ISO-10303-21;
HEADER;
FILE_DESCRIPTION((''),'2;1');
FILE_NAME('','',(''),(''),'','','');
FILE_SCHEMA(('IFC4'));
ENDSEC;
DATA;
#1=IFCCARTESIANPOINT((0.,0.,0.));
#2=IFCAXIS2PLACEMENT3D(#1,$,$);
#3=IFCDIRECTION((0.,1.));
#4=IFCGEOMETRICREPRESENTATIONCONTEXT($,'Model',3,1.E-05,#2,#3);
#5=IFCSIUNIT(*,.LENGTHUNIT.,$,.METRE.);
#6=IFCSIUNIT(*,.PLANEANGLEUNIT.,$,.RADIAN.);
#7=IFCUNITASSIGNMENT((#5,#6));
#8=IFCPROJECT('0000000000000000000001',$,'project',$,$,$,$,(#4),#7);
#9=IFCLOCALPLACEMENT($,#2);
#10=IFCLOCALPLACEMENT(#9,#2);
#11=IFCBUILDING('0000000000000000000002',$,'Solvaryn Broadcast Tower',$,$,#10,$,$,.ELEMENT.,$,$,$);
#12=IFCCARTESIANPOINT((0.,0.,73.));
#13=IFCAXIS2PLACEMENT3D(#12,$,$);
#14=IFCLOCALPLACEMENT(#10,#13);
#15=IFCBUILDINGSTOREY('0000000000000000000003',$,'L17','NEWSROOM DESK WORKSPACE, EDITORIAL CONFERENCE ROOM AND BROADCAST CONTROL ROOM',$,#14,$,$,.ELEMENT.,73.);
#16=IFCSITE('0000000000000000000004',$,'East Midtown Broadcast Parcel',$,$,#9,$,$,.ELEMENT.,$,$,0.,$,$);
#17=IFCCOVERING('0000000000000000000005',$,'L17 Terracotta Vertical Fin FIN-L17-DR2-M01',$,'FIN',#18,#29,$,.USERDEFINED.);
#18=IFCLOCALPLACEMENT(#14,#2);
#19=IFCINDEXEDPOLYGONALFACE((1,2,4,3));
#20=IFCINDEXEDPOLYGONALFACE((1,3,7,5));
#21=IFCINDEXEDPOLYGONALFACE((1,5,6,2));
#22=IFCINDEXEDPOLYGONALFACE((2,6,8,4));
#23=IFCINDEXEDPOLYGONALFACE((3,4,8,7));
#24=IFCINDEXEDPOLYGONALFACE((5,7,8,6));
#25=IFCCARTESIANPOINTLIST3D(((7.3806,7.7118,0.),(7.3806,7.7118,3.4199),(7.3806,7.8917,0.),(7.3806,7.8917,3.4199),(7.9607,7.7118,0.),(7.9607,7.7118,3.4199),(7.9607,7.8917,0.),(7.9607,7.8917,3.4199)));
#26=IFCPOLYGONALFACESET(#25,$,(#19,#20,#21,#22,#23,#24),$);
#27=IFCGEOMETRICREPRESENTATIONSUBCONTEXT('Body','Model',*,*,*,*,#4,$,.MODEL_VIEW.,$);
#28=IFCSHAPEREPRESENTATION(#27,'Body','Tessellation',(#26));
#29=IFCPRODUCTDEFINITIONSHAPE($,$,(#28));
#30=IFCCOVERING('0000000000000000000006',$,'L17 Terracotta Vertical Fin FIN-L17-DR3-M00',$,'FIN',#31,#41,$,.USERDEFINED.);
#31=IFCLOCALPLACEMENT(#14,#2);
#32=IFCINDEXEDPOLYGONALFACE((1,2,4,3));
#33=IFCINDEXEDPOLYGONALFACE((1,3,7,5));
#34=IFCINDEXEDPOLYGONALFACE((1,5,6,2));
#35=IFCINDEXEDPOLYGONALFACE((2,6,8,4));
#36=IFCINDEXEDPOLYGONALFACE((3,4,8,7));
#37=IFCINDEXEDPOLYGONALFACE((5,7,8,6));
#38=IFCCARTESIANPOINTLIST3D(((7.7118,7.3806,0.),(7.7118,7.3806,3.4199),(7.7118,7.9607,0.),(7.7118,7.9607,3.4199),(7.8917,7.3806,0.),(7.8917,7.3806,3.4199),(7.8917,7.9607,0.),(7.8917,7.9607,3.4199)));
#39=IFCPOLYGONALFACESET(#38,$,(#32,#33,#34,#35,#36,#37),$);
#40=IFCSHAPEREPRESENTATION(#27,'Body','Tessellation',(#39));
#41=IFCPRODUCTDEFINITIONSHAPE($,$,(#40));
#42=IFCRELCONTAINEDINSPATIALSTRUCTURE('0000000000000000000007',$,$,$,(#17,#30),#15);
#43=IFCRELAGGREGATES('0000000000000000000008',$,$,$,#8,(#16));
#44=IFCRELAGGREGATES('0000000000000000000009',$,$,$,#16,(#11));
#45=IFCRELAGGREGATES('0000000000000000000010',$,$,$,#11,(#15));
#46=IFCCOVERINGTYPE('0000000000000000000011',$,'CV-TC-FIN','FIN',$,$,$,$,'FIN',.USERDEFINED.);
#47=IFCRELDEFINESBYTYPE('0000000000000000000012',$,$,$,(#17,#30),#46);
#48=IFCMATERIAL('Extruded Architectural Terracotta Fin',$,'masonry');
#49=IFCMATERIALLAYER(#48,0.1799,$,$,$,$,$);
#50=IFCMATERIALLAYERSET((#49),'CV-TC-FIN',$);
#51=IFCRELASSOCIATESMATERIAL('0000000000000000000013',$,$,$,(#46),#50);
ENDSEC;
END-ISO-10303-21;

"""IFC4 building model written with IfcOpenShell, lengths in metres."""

from ifc_helpers import new_model, si_unit, direction, frame, origin, origin_2d, place, context, subcontext, project, spatial, rectangle, extrude, material, layer, layer_set, type_object, element, save


model = new_model("IFC4")

# Units and contexts
model_context = context("Model", 3, precision=1e-05, world=origin(), true_north=direction((0.0, 1.0)))
body_context = subcontext(model_context, "Body", "Model", "MODEL_VIEW")
ifc_project = project(units=[si_unit("LENGTHUNIT", "METRE"), si_unit("PLANEANGLEUNIT", "RADIAN")], contexts=[model_context])

# Site, building, storey
site_placement = place(None, origin())
site = spatial("IfcSite", under=ifc_project, at=site_placement, Name="East Midtown Broadcast Parcel", CompositionType="ELEMENT", RefElevation=0.0)
building_placement = place(site_placement, origin())
building = spatial("IfcBuilding", under=site, at=building_placement, Name="Solvaryn Broadcast Tower", CompositionType="ELEMENT")
storey_placement = place(building_placement, frame((0.0, 0.0, 73.0)))
storey = spatial("IfcBuildingStorey", under=building, at=storey_placement, Name="L17", Description="NEWSROOM DESK WORKSPACE, EDITORIAL CONFERENCE ROOM AND BROADCAST CONTROL ROOM", CompositionType="ELEMENT", Elevation=73.0)

# Coverings
ifc_material_1 = material(Name="Extruded Architectural Terracotta Fin", Category="masonry")
ifc_layer_1 = layer(ifc_material_1, 0.1799)
ifc_layer_set_1 = layer_set([ifc_layer_1], Name="CV-TC-FIN")
covering_type_1 = type_object("IfcCoveringType", Name="CV-TC-FIN", Description="FIN", ElementType="FIN", PredefinedType="USERDEFINED", material=ifc_layer_set_1)
covering_1_placement = place(storey_placement, frame((7.6707, 7.8018, 0.0), z_axis=(0.0, 0.0, 1.0), x_axis=(1.0, 0.0, 0.0)))
element("IfcCovering", 1, at=covering_1_placement, inside=storey, type_object=covering_type_1, Name="L17 Terracotta Vertical Fin FIN-L17-DR2-M01", ObjectType="FIN", PredefinedType="USERDEFINED", context=body_context, shape_type="SweptSolid", body=[
    extrude(rectangle(XDim=0.5801, YDim=0.1799, at=origin_2d()), origin(), (0.0, 0.0, 1.0), 3.4199),
])
covering_2_placement = place(storey_placement, frame((7.8018, 7.6707, 0.0), z_axis=(0.0, 0.0, 1.0), x_axis=(1.0, 0.0, 0.0)))
element("IfcCovering", 2, at=covering_2_placement, inside=storey, type_object=covering_type_1, Name="L17 Terracotta Vertical Fin FIN-L17-DR3-M00", ObjectType="FIN", PredefinedType="USERDEFINED", context=body_context, shape_type="SweptSolid", body=[
    extrude(rectangle(XDim=0.1799, YDim=0.5801, at=origin_2d()), origin(), (0.0, 0.0, 1.0), 3.4199),
])

save(model, "model.ifc")
